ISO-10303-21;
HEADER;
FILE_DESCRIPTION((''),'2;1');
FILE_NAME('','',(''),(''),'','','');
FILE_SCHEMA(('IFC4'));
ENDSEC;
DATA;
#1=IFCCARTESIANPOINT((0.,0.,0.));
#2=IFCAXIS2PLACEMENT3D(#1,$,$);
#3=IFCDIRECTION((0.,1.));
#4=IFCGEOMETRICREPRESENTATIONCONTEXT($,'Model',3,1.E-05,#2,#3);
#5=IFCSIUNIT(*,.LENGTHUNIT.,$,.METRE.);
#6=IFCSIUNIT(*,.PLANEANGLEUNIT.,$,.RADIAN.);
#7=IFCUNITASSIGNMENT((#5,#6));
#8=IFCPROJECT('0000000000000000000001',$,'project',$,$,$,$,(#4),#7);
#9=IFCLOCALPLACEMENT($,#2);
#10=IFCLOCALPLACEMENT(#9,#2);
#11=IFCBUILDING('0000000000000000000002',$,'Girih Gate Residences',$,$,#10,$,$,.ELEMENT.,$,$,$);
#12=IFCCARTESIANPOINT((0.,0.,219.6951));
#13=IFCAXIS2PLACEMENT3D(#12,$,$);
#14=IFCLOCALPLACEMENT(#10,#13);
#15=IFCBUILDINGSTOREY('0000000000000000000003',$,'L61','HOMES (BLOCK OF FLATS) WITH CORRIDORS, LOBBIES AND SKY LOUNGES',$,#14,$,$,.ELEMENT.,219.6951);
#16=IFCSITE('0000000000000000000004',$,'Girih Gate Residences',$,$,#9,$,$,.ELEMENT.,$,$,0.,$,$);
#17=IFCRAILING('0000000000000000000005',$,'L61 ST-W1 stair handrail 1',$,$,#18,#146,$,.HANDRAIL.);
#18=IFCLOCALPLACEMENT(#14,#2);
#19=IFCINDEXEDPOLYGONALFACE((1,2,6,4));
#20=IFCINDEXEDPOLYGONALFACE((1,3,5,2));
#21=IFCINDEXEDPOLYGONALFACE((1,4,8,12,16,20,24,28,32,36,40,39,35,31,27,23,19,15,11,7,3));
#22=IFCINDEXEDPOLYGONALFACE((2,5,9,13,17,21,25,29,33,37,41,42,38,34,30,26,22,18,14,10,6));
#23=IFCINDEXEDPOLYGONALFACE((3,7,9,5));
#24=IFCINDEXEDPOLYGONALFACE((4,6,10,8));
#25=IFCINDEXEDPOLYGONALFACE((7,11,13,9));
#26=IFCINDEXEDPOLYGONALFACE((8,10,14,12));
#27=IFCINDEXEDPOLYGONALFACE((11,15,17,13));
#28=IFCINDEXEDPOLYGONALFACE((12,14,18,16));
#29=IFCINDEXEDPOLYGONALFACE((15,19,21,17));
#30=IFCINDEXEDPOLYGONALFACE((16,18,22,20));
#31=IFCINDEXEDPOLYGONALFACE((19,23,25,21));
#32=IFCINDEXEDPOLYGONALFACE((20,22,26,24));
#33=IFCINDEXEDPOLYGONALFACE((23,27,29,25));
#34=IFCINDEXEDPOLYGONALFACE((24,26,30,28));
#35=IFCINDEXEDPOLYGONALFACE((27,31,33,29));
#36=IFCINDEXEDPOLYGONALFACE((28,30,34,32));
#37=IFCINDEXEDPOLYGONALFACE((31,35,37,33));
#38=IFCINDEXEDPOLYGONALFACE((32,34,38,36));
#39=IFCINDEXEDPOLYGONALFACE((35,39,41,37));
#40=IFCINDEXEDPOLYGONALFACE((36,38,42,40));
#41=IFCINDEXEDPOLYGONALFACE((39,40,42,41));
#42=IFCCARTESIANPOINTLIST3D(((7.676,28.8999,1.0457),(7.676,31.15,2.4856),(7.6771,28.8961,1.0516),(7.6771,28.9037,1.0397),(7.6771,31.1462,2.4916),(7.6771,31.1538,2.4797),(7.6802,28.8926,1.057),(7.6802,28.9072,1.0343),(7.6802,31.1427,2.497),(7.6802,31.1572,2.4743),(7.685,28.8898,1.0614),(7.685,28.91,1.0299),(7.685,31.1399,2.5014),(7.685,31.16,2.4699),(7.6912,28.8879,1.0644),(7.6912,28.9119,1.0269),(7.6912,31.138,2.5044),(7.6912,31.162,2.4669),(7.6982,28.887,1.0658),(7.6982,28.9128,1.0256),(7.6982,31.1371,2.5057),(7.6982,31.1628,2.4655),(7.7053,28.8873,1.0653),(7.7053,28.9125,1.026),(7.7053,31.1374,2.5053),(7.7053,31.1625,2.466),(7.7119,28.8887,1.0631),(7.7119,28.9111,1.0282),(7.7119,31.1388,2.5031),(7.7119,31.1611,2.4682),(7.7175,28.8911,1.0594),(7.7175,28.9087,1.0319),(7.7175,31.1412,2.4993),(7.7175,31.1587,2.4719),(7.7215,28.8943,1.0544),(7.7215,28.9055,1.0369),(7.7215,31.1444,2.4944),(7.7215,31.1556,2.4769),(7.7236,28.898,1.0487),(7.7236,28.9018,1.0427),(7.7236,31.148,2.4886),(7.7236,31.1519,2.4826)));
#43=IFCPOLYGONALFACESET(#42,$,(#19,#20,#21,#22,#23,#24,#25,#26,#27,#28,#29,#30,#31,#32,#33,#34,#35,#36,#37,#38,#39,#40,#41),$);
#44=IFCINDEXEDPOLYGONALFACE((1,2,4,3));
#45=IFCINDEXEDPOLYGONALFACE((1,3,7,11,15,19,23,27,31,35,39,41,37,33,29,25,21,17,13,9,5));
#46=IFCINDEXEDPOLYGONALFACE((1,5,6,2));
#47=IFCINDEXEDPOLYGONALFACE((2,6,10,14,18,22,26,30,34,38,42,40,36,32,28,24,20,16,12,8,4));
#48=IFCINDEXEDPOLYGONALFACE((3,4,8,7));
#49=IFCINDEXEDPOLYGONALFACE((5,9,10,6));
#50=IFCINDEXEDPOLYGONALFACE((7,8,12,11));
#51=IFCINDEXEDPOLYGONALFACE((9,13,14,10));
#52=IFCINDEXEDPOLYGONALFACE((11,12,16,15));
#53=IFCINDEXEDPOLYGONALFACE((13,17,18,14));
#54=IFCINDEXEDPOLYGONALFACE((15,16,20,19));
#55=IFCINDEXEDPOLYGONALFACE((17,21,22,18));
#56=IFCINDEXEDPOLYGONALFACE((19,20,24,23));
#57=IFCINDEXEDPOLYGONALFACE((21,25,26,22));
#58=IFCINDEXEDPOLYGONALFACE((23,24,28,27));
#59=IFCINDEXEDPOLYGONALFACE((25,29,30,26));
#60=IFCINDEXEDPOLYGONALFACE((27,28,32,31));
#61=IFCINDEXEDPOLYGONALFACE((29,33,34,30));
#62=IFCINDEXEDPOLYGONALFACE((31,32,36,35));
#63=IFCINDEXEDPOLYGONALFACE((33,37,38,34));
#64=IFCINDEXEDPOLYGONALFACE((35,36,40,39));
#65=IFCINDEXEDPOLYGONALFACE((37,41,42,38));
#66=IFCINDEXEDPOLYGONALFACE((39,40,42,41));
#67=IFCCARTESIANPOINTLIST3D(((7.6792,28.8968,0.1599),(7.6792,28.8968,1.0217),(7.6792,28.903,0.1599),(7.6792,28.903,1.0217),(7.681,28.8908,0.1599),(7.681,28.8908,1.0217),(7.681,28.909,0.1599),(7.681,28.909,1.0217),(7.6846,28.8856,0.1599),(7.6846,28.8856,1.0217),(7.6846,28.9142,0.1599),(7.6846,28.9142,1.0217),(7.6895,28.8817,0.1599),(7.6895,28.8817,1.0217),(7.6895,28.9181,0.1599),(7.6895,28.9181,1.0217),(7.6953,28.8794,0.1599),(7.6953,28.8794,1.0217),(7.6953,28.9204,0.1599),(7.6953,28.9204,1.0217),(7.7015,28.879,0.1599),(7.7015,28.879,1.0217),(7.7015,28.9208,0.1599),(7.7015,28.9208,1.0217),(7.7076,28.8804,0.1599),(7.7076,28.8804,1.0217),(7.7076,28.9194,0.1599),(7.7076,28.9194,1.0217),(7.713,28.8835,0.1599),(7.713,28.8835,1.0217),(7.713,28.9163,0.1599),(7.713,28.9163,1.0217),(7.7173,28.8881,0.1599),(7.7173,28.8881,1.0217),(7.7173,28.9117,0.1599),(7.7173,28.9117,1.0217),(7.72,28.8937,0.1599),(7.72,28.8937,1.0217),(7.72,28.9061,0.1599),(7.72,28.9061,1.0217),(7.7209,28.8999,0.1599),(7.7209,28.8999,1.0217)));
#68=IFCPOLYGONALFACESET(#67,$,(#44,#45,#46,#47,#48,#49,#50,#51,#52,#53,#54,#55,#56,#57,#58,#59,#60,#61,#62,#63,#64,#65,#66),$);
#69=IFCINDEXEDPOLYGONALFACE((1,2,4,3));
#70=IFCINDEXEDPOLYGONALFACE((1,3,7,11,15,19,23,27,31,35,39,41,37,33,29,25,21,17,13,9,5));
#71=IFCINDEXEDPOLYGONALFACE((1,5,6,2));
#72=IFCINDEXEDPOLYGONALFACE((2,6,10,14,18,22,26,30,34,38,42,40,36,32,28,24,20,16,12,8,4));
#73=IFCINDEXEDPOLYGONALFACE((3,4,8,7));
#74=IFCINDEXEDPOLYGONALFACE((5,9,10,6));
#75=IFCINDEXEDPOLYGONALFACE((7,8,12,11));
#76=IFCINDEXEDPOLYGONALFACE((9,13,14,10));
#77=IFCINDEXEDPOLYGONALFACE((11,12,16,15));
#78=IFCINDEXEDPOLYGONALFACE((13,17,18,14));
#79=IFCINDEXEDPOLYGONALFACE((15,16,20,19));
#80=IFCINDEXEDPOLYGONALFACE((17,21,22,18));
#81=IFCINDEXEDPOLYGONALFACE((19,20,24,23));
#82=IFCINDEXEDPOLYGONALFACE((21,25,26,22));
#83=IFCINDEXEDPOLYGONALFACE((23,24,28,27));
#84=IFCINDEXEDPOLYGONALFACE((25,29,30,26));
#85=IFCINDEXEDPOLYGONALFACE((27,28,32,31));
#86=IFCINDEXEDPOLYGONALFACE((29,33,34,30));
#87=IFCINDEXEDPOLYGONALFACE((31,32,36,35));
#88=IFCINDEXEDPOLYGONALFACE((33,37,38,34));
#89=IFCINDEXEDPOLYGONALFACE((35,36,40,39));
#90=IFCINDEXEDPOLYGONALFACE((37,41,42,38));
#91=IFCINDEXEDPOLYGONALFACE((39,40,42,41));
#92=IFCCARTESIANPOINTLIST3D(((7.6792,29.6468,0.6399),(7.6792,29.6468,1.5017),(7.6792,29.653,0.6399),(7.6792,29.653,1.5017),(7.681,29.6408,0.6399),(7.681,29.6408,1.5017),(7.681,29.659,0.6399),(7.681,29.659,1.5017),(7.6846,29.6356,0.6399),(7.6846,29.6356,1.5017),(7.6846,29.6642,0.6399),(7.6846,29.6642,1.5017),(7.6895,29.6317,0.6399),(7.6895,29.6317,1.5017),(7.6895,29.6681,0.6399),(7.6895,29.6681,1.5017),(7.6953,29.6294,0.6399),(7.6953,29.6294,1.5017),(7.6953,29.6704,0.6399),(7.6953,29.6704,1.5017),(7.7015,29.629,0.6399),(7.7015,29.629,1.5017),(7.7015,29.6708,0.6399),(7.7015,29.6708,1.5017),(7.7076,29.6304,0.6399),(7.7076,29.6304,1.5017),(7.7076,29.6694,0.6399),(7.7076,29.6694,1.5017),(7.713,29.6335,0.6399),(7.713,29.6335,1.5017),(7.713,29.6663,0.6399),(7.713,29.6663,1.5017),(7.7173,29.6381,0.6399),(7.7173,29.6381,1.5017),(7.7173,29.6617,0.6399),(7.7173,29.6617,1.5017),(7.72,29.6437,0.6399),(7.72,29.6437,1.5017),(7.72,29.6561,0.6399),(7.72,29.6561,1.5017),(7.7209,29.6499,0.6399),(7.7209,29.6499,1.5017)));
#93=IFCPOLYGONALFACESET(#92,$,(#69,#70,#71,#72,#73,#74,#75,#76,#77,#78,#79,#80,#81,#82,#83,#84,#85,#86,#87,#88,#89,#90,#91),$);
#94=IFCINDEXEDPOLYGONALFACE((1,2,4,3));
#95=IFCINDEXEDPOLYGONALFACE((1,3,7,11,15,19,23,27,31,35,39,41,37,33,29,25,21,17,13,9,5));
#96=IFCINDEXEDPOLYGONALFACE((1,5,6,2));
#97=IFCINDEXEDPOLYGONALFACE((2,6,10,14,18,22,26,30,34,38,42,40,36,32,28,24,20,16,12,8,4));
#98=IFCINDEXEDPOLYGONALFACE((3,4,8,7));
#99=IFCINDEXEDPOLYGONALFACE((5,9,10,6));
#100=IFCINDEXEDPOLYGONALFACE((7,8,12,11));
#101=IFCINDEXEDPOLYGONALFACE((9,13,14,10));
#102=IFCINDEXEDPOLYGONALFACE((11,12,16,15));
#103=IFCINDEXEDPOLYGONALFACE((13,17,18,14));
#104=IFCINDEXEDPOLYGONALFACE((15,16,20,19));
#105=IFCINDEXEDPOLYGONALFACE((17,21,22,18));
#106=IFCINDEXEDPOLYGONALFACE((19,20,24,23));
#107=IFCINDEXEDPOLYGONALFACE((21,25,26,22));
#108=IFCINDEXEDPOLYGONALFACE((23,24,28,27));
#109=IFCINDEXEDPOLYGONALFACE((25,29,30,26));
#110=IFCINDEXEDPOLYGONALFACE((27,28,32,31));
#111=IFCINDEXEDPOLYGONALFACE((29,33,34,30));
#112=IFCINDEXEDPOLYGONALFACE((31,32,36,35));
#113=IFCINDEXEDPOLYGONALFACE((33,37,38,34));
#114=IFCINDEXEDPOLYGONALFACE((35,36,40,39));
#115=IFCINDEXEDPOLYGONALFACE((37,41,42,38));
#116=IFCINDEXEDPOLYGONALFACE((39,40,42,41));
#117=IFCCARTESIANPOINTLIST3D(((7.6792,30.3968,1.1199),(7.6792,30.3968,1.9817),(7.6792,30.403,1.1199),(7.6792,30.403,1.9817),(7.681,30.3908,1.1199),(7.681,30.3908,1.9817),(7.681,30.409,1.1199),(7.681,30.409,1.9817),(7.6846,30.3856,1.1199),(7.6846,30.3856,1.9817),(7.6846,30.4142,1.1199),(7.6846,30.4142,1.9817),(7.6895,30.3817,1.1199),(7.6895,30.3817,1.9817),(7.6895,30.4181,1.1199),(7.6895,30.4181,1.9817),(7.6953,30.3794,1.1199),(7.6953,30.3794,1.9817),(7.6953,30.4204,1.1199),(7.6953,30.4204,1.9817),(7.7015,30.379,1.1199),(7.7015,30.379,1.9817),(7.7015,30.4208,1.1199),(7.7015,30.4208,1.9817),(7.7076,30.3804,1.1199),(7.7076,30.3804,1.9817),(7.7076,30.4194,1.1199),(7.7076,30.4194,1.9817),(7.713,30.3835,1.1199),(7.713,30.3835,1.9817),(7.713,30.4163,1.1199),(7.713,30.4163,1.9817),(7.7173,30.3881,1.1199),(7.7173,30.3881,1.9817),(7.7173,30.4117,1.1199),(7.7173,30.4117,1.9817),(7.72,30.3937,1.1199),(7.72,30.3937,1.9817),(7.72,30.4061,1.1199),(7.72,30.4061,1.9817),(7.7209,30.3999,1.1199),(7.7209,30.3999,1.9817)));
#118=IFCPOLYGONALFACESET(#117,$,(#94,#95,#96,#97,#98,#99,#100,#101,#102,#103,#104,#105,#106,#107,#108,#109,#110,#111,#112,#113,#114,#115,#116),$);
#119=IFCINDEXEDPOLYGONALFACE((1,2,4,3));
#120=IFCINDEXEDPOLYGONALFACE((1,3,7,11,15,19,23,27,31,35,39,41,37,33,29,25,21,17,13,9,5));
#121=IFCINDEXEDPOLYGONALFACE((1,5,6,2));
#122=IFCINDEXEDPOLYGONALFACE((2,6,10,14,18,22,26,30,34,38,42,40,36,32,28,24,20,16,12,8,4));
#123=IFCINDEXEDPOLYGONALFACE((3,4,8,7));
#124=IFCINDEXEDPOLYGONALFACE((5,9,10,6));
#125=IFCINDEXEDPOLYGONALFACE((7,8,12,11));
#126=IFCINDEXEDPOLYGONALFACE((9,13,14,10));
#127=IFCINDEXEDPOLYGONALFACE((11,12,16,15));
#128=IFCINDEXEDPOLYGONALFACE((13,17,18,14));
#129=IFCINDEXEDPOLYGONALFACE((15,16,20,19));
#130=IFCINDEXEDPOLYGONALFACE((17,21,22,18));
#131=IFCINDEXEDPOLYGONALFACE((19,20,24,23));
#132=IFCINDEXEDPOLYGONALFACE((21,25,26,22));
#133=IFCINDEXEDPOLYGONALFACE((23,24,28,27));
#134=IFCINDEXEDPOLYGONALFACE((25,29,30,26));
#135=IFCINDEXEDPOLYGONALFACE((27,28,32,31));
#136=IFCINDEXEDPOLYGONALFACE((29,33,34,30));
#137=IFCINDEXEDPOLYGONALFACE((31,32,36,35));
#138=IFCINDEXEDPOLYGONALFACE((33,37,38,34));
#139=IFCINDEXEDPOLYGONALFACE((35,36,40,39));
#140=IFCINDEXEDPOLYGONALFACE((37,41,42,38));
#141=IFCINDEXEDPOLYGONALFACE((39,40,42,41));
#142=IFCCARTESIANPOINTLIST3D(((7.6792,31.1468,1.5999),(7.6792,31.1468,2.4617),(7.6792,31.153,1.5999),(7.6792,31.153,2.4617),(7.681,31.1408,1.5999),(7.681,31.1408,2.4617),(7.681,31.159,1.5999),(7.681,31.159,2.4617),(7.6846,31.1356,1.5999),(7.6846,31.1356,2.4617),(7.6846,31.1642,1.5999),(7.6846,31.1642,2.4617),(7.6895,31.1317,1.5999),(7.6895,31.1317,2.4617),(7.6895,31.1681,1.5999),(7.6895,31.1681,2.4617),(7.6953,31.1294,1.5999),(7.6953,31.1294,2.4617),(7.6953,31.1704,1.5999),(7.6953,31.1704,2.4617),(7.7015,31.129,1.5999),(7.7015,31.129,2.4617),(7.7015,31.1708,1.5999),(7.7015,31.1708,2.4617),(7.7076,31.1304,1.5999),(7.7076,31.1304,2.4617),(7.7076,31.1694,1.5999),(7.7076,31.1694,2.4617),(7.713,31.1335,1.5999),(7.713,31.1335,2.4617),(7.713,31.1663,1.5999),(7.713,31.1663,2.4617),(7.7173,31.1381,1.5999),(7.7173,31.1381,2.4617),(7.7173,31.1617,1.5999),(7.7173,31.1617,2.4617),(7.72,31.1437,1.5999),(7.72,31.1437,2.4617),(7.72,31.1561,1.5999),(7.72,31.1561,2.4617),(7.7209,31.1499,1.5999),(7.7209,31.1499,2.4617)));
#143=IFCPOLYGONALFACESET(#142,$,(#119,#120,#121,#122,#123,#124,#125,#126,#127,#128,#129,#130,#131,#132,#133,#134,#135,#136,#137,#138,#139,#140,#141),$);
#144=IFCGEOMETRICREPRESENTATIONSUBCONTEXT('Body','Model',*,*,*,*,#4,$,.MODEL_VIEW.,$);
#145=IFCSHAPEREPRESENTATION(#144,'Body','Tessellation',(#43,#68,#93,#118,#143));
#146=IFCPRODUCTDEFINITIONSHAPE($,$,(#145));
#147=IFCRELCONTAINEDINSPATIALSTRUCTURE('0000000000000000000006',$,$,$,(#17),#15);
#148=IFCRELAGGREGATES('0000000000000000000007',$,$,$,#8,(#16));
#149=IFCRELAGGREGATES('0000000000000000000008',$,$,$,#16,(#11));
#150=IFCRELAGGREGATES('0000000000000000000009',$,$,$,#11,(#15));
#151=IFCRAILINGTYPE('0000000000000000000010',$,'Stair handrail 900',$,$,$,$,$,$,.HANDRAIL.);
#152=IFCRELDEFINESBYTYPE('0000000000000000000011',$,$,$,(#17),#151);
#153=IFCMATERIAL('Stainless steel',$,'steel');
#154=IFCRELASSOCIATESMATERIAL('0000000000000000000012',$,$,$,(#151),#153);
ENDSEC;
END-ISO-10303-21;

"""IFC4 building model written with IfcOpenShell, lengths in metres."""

from ifc_helpers import new_model, si_unit, direction, frame, origin, origin_2d, place, context, subcontext, project, spatial, circle, extrude, material, type_object, element, save


model = new_model("IFC4")

# Units and contexts
model_context = context("Model", 3, precision=1e-05, world=origin(), true_north=direction((0.0, 1.0)))
body_context = subcontext(model_context, "Body", "Model", "MODEL_VIEW")
ifc_project = project(units=[si_unit("LENGTHUNIT", "METRE"), si_unit("PLANEANGLEUNIT", "RADIAN")], contexts=[model_context])

# Site, building, storey
site_placement = place(None, origin())
site = spatial("IfcSite", under=ifc_project, at=site_placement, Name="Girih Gate Residences", CompositionType="ELEMENT", RefElevation=0.0)
building_placement = place(site_placement, origin())
building = spatial("IfcBuilding", under=site, at=building_placement, Name="Girih Gate Residences", CompositionType="ELEMENT")
storey_placement = place(building_placement, frame((0.0, 0.0, 219.6951)))
storey = spatial("IfcBuildingStorey", under=building, at=storey_placement, Name="L61", Description="HOMES (BLOCK OF FLATS) WITH CORRIDORS, LOBBIES AND SKY LOUNGES", CompositionType="ELEMENT", Elevation=219.6951)

# Railing
ifc_material_1 = material(Name="Stainless steel", Category="steel")
railing_type_1 = type_object("IfcRailingType", Name="Stair handrail 900", PredefinedType="HANDRAIL", material=ifc_material_1)
railing_1_placement = place(storey_placement, frame((7.7, 28.8999, 0.1599)))
element("IfcRailing", 1, at=railing_1_placement, inside=storey, type_object=railing_type_1, Name="L61 ST-W1 stair handrail 1", PredefinedType="HANDRAIL", context=body_context, shape_type="SweptSolid", body=[
    extrude(circle(Radius=0.0239, at=origin_2d()), frame((0.0, 0.0, 0.8857), z_axis=(0.0, 0.842281, 0.539038), x_axis=(-1.0, 0.0, 0.0)), (0.0, 0.0, 1.0), 2.6714),
    extrude(circle(Radius=0.021, at=origin_2d()), origin(), (0.0, 0.0, 1.0), 0.8618),
    extrude(circle(Radius=0.021, at=origin_2d()), frame((0.0, 0.75, 0.48)), (0.0, 0.0, 1.0), 0.8618),
    extrude(circle(Radius=0.021, at=origin_2d()), frame((0.0, 1.5, 0.96)), (0.0, 0.0, 1.0), 0.8618),
    extrude(circle(Radius=0.021, at=origin_2d()), frame((0.0, 2.25, 1.4399)), (0.0, 0.0, 1.0), 0.8618),
])

save(model, "model.ifc")
